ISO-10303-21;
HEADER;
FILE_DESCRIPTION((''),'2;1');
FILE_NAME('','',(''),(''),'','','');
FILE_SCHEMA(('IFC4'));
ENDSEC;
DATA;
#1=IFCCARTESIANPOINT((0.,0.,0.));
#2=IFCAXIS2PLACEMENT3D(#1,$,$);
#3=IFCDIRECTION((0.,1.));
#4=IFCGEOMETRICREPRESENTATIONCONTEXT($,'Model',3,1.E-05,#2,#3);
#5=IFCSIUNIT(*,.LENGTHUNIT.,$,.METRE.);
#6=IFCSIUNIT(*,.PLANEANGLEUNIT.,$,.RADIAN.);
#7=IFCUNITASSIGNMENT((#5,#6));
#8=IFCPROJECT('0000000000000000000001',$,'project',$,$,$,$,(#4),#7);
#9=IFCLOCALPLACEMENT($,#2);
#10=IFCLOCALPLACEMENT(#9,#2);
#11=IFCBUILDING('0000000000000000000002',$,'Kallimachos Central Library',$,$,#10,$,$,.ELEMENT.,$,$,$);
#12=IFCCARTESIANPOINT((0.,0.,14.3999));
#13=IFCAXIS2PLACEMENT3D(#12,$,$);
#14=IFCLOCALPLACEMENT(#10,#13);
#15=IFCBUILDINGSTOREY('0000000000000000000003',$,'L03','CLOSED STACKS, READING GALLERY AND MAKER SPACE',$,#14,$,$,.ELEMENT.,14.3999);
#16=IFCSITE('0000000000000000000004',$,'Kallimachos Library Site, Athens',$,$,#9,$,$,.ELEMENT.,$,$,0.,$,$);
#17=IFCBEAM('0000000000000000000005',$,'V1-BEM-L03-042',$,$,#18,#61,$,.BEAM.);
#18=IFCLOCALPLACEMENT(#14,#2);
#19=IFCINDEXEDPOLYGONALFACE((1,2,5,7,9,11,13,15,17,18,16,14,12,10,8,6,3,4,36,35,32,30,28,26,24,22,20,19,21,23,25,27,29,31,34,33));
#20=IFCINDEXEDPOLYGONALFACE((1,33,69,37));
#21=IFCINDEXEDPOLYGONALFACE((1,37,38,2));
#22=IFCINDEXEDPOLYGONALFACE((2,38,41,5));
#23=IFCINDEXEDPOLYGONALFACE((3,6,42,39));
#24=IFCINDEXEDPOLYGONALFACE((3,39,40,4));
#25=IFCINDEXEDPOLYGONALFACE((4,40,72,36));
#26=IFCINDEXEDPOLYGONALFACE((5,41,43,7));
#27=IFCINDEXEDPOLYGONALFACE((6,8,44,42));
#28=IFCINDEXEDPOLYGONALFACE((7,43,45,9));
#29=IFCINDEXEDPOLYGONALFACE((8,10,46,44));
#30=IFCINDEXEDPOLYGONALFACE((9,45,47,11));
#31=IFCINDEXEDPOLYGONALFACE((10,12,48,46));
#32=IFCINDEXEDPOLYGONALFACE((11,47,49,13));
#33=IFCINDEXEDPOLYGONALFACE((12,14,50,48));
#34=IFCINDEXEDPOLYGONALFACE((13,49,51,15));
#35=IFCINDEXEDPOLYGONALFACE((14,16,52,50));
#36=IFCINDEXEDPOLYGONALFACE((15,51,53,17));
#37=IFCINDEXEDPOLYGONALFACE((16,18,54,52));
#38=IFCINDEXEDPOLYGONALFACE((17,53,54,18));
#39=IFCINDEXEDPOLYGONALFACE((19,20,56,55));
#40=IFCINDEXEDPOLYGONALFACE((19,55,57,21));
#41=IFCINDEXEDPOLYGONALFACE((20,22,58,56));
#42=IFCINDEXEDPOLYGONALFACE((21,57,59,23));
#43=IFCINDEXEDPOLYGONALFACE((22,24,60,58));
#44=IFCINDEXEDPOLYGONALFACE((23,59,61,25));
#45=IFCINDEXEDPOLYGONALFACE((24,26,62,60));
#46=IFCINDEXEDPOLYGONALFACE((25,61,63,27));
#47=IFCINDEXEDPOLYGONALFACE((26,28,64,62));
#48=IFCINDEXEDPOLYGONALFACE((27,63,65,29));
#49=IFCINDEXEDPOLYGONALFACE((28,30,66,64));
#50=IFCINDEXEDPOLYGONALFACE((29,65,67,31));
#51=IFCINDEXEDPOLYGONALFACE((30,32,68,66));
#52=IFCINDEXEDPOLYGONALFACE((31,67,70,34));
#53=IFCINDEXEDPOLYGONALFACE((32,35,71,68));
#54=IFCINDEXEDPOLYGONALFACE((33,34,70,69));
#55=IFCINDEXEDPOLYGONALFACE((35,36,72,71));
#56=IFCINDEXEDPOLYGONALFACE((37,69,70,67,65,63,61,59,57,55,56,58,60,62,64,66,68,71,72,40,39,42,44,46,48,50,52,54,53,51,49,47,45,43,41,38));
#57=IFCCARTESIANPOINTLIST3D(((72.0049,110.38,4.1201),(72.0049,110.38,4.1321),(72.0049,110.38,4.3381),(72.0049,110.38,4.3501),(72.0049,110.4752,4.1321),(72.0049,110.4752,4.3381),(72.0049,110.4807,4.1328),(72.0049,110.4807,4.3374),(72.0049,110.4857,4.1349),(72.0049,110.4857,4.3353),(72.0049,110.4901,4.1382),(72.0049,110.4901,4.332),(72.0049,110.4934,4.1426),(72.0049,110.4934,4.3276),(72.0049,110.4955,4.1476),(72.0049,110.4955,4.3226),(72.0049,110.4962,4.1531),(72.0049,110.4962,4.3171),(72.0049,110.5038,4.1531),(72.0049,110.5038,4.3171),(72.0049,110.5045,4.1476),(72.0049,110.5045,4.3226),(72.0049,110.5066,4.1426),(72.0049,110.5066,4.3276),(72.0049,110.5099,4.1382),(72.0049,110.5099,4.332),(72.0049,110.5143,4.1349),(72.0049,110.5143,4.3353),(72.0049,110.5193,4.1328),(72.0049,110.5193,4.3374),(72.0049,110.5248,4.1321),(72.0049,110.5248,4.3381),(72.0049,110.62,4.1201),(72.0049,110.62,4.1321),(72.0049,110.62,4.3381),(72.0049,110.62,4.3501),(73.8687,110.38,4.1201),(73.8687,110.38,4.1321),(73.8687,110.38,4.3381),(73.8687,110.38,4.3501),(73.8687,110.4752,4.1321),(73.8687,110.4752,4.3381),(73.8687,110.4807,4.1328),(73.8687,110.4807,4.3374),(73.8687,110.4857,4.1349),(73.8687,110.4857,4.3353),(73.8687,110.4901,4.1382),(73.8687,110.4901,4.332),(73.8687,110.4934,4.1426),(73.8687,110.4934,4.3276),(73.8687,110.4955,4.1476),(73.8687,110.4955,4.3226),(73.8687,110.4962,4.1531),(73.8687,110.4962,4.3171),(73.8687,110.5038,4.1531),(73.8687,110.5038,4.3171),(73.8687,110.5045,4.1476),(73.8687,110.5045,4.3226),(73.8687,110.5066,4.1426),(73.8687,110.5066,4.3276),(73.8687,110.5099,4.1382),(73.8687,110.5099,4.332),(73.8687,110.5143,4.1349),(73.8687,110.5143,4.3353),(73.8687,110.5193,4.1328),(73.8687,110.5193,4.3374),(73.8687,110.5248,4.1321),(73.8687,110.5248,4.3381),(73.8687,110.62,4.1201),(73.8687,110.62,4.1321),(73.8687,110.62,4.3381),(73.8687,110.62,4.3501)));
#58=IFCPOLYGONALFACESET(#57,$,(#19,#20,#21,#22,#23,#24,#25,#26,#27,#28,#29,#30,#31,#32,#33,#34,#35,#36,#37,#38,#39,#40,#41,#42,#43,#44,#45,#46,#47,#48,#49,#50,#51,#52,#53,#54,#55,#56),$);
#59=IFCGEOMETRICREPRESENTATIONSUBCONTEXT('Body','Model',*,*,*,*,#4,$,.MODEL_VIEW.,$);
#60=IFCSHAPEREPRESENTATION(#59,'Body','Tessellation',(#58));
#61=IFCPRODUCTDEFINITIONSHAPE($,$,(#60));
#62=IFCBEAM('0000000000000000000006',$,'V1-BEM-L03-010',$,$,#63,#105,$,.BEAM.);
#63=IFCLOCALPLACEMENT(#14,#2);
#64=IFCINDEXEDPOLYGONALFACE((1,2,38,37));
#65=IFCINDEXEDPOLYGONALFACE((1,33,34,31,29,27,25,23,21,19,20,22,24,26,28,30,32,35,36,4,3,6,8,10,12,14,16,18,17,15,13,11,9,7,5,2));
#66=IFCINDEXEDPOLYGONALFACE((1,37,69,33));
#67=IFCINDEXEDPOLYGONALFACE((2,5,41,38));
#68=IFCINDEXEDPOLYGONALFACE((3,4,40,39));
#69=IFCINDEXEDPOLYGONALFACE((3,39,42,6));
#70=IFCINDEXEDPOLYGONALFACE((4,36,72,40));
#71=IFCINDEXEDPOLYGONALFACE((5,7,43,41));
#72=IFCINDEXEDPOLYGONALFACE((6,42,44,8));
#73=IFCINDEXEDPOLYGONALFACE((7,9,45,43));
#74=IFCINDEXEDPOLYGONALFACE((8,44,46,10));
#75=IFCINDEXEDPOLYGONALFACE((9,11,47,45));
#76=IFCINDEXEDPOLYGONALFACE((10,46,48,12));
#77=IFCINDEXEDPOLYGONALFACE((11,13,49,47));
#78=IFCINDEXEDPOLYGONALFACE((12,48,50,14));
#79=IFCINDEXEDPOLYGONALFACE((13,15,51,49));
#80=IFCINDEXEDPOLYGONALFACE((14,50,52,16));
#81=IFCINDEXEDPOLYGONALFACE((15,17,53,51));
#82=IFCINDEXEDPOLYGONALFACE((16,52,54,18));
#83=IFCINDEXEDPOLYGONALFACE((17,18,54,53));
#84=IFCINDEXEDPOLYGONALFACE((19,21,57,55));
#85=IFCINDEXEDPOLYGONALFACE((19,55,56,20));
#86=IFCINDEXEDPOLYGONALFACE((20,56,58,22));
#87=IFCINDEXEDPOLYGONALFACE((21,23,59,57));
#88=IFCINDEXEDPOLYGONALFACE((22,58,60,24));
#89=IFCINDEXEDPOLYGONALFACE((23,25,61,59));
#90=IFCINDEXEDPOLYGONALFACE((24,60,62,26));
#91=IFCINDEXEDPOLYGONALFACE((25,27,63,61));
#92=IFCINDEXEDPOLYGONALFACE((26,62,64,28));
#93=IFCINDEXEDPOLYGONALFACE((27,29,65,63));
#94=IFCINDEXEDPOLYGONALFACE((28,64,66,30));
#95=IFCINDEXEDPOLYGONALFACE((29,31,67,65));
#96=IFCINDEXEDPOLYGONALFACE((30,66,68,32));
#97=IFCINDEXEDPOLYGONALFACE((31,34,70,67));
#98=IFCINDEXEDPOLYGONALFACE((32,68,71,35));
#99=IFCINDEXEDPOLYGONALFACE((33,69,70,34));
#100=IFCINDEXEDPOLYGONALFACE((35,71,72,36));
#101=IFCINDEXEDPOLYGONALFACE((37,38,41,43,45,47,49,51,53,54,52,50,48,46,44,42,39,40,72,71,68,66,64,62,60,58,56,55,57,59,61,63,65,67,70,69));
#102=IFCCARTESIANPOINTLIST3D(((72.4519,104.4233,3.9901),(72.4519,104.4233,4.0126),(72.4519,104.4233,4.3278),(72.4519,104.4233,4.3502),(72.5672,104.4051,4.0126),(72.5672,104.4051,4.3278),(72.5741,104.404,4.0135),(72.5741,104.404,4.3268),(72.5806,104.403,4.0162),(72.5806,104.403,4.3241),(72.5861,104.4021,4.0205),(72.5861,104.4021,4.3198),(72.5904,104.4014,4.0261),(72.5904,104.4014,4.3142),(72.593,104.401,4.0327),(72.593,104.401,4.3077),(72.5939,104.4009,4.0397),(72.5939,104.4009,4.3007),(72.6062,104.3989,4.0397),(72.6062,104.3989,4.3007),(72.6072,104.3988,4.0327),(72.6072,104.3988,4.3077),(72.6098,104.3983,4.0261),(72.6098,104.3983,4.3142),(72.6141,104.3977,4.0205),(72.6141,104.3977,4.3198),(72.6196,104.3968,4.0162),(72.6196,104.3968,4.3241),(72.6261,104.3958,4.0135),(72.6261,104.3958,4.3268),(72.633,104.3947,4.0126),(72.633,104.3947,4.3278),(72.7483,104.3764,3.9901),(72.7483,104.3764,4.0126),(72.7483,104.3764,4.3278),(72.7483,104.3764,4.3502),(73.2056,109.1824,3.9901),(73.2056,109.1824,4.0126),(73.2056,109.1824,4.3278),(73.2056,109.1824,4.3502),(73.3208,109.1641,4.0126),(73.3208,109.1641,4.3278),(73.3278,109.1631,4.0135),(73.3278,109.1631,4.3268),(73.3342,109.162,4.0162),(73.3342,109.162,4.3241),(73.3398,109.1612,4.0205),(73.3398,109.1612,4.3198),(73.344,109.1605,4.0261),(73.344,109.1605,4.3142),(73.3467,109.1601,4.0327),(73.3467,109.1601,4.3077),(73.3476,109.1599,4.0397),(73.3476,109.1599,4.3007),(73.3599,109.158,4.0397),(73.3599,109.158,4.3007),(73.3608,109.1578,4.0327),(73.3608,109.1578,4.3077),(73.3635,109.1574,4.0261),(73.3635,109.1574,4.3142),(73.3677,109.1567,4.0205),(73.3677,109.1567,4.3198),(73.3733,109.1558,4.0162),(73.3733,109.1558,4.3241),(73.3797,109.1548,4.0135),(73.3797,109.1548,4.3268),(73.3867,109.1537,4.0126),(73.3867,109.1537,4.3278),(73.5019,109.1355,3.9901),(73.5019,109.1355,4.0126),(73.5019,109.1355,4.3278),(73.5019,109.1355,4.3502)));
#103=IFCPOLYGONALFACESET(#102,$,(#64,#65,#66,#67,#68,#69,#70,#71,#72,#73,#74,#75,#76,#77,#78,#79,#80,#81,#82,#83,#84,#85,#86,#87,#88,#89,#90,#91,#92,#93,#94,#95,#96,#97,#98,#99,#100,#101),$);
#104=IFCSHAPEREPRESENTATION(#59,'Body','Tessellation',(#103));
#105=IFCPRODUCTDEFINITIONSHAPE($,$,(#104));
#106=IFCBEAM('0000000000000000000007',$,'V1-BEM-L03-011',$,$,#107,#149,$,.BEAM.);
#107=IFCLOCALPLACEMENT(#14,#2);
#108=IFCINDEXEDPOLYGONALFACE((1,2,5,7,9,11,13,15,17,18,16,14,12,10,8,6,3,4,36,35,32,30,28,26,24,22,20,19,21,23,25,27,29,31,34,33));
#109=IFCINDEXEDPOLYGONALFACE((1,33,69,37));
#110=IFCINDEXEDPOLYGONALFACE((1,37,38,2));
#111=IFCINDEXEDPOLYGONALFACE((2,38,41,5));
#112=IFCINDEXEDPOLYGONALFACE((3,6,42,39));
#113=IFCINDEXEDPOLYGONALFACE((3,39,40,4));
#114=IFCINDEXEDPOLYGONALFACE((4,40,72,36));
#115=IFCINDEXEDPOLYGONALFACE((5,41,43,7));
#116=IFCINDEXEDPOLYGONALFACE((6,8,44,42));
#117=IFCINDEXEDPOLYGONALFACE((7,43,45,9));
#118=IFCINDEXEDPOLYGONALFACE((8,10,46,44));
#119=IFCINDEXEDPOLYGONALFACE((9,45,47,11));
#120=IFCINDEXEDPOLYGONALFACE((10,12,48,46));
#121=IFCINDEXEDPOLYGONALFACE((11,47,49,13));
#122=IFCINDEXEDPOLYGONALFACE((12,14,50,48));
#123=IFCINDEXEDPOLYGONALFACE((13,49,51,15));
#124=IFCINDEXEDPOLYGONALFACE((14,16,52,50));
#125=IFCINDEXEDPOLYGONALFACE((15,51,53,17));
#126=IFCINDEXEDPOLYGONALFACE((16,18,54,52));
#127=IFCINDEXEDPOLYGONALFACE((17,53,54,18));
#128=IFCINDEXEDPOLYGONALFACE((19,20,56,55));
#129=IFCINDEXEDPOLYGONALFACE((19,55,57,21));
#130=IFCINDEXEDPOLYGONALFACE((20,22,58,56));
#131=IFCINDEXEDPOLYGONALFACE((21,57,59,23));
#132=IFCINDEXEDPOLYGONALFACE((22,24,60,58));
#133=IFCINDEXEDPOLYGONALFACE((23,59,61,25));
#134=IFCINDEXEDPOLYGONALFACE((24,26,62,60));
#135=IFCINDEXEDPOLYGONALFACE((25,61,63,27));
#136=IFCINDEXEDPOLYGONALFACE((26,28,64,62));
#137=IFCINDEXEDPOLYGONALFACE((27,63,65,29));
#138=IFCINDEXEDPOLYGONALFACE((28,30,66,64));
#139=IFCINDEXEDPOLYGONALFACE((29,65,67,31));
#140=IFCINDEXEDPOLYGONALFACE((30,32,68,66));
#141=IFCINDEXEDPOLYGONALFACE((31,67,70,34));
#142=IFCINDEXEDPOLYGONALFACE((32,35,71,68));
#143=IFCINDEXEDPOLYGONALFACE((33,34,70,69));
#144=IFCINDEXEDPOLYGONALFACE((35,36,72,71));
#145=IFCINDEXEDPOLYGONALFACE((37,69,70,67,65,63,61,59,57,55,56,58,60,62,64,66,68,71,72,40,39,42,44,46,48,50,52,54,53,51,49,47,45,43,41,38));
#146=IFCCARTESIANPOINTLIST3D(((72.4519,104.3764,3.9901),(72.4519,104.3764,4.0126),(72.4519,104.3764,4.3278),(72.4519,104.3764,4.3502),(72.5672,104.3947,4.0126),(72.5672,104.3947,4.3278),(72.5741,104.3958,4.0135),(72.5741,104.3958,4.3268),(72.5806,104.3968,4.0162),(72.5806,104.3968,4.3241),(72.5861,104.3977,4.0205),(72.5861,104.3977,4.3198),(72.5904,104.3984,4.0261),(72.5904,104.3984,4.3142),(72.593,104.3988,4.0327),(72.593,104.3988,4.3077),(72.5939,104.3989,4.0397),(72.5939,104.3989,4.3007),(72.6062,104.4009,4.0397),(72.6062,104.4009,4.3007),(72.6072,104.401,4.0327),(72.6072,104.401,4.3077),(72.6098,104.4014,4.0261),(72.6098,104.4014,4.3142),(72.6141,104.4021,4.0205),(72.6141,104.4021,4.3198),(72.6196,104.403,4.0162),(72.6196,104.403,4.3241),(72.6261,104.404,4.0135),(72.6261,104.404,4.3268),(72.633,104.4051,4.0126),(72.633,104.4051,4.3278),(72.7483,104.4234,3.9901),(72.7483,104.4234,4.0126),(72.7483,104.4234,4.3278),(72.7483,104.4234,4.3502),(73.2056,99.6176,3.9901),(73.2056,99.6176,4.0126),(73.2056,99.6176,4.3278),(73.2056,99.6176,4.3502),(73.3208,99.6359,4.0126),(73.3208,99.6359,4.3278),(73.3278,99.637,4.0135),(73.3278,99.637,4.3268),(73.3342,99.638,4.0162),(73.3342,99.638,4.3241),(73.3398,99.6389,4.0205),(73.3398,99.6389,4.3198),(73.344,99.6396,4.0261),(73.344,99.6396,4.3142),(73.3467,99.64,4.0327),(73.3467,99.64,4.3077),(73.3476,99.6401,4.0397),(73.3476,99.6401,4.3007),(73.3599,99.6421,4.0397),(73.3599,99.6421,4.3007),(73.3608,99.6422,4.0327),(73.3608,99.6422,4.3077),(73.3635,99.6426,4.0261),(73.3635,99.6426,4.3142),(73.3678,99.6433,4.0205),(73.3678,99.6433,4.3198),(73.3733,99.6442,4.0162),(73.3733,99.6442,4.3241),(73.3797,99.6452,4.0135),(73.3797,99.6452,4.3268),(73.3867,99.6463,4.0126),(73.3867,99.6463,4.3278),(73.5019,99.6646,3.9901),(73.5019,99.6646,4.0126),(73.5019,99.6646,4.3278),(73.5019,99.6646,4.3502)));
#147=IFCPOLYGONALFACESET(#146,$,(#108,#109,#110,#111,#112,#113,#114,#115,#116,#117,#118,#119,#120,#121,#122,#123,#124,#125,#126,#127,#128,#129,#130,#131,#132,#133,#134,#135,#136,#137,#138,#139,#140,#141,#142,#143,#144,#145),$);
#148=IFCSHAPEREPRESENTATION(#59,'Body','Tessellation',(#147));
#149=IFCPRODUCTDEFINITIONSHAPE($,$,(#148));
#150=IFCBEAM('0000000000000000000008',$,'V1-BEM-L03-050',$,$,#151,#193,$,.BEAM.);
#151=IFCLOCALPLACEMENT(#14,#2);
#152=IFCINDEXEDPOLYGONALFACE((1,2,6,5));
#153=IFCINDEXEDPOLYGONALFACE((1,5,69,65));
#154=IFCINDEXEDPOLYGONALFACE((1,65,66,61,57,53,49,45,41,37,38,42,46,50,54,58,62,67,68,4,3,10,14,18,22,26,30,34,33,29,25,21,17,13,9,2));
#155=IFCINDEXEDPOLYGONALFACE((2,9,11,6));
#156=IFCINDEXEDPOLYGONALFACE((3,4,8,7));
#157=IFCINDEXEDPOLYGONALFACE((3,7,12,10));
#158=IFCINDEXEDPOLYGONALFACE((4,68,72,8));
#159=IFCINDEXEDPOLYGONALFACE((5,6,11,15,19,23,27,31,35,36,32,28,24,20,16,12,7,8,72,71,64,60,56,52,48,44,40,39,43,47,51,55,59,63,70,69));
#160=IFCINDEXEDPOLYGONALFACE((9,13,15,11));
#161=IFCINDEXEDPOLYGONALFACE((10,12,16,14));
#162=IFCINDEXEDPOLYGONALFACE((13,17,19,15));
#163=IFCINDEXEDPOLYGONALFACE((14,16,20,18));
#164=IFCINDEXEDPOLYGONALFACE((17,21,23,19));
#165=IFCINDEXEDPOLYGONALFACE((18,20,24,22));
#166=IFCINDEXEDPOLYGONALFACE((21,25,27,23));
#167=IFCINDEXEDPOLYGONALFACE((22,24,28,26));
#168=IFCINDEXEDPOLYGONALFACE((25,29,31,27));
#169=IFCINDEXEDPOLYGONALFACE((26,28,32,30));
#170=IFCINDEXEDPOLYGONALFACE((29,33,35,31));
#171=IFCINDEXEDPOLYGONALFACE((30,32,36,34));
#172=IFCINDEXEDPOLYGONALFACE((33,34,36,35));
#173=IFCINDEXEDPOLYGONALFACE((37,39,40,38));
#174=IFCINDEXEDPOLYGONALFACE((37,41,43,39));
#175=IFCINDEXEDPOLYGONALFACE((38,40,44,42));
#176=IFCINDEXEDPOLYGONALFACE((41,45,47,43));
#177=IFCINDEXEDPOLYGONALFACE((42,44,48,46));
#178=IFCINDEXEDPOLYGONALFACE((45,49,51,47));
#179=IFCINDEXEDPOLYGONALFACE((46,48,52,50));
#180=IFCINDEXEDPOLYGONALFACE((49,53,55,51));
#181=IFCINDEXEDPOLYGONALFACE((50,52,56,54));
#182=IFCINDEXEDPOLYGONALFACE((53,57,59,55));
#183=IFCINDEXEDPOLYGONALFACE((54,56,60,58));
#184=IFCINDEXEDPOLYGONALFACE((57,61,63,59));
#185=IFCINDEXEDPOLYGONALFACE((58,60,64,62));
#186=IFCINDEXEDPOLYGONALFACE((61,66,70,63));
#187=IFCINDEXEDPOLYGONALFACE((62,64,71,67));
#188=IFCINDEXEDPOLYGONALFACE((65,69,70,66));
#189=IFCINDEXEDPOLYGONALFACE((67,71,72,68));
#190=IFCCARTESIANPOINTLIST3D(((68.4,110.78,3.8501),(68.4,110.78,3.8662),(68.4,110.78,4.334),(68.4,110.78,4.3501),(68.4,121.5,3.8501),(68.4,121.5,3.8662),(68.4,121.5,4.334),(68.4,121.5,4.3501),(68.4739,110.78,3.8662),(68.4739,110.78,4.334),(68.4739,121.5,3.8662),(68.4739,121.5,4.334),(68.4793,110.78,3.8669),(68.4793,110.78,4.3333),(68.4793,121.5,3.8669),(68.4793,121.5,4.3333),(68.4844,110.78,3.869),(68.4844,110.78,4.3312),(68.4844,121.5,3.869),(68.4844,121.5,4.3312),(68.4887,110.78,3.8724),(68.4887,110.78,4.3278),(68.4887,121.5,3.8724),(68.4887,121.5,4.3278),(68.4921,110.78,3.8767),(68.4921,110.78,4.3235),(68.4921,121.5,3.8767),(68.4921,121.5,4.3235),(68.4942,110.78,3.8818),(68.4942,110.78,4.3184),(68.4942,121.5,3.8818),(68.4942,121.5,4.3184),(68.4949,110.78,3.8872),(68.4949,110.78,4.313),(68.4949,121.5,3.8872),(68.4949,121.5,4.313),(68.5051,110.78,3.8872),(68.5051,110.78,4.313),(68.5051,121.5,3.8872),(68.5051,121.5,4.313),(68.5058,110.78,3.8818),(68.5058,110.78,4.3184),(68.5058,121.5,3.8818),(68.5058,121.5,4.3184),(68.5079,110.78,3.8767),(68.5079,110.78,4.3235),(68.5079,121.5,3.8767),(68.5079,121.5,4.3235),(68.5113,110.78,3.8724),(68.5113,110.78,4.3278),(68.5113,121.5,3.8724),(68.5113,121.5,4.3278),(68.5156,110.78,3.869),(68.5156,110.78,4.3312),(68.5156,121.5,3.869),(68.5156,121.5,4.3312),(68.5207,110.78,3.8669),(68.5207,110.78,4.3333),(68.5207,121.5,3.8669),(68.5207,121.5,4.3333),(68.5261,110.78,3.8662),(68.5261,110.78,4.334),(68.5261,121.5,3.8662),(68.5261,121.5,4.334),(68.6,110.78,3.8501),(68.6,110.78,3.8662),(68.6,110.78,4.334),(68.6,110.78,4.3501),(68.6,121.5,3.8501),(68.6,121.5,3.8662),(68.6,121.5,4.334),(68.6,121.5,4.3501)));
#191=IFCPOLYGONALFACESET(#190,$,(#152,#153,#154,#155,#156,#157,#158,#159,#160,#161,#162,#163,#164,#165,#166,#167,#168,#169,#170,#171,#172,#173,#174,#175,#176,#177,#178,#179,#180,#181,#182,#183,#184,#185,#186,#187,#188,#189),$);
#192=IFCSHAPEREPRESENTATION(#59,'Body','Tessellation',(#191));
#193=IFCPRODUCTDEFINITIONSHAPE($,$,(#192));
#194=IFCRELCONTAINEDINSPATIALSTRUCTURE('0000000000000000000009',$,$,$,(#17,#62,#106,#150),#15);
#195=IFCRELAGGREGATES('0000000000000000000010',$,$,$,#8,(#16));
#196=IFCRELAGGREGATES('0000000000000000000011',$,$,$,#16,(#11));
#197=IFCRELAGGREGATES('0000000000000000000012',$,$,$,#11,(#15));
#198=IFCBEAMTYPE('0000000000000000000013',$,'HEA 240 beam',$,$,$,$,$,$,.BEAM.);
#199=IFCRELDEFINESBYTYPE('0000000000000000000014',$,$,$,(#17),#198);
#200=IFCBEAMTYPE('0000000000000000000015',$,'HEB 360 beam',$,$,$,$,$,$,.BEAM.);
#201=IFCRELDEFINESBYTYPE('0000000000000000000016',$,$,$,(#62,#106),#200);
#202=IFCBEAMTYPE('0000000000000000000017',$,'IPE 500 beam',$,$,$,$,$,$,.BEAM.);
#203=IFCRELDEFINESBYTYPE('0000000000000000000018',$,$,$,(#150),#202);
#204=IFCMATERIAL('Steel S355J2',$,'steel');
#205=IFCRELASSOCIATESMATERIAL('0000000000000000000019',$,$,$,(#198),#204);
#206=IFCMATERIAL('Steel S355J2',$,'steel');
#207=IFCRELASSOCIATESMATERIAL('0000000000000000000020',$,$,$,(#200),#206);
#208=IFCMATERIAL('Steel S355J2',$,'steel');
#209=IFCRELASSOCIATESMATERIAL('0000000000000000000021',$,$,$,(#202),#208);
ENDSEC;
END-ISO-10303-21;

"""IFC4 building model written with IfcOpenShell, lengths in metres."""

from ifc_helpers import new_model, si_unit, direction, frame, origin, origin_2d, place, context, subcontext, project, spatial, i_section, extrude, material, material_profile, profile_set, type_object, element, save


model = new_model("IFC4")

# Units and contexts
model_context = context("Model", 3, precision=1e-05, world=origin(), true_north=direction((0.0, 1.0)))
body_context = subcontext(model_context, "Body", "Model", "MODEL_VIEW")
ifc_project = project(units=[si_unit("LENGTHUNIT", "METRE"), si_unit("PLANEANGLEUNIT", "RADIAN")], contexts=[model_context])

# Site, building, storey
site_placement = place(None, origin())
site = spatial("IfcSite", under=ifc_project, at=site_placement, Name="Kallimachos Library Site, Athens", CompositionType="ELEMENT", RefElevation=0.0)
building_placement = place(site_placement, origin())
building = spatial("IfcBuilding", under=site, at=building_placement, Name="Kallimachos Central Library", CompositionType="ELEMENT")
storey_placement = place(building_placement, frame((0.0, 0.0, 14.3999)))
storey = spatial("IfcBuildingStorey", under=building, at=storey_placement, Name="L03", Description="CLOSED STACKS, READING GALLERY AND MAKER SPACE", CompositionType="ELEMENT", Elevation=14.3999)

# Beams
ifc_material_1 = material(Name="Steel S355J2", Category="steel")
ifc_material_profile_1 = material_profile(ifc_material_1, i_section(OverallWidth=0.24, OverallDepth=0.23, WebThickness=0.0076, FlangeThickness=0.012, FilletRadius=0.021, at=origin_2d()), Name="HEA 240")
ifc_profile_set_1 = profile_set([ifc_material_profile_1], Name="Steel S355J2")
beam_type_1 = type_object("IfcBeamType", Name="HEA 240 beam", PredefinedType="BEAM", material=ifc_profile_set_1)
beam_1_placement = place(storey_placement, frame((72.0049, 110.5, 4.2351), z_axis=(1.0, 0.0, 0.0), x_axis=(0.0, 1.0, 0.0)))
element("IfcBeam", 1, at=beam_1_placement, inside=storey, type_object=beam_type_1, Name="V1-BEM-L03-042", PredefinedType="BEAM", context=body_context, shape_type="SweptSolid", body=[
    extrude(i_section(OverallWidth=0.24, OverallDepth=0.23, WebThickness=0.0076, FlangeThickness=0.012, FilletRadius=0.021, at=origin_2d()), origin(), (0.0, 0.0, 1.0), 1.8638),
])
ifc_material_2 = material(Name="Steel S355J2", Category="steel")
ifc_material_profile_2 = material_profile(ifc_material_2, i_section(OverallWidth=0.3, OverallDepth=0.3601, WebThickness=0.0125, FlangeThickness=0.0225, FilletRadius=0.0271, at=origin_2d()), Name="HEB 360")
ifc_profile_set_2 = profile_set([ifc_material_profile_2], Name="Steel S355J2")
beam_type_2 = type_object("IfcBeamType", Name="HEB 360 beam", PredefinedType="BEAM", material=ifc_profile_set_2)
beam_2_placement = place(storey_placement, frame((73.3538, 109.1589, 4.1702), z_axis=(-0.156415, -0.987691, 0.0), x_axis=(0.987691, -0.156415, 0.0)))
element("IfcBeam", 2, at=beam_2_placement, inside=storey, type_object=beam_type_2, Name="V1-BEM-L03-010", PredefinedType="BEAM", context=body_context, shape_type="SweptSolid", body=[
    extrude(i_section(OverallWidth=0.3, OverallDepth=0.3601, WebThickness=0.0125, FlangeThickness=0.0225, FilletRadius=0.0271, at=origin_2d()), origin(), (0.0, 0.0, 1.0), 4.8184),
])
beam_3_placement = place(storey_placement, frame((72.6001, 104.3999, 4.1702), z_axis=(0.156423, -0.98769, 0.0), x_axis=(0.98769, 0.156423, 0.0)))
element("IfcBeam", 3, at=beam_3_placement, inside=storey, type_object=beam_type_2, Name="V1-BEM-L03-011", PredefinedType="BEAM", context=body_context, shape_type="SweptSolid", body=[
    extrude(i_section(OverallWidth=0.3, OverallDepth=0.3601, WebThickness=0.0125, FlangeThickness=0.0225, FilletRadius=0.0271, at=origin_2d()), origin(), (0.0, 0.0, 1.0), 4.8181),
])
ifc_material_3 = material(Name="Steel S355J2", Category="steel")
ifc_material_profile_3 = material_profile(ifc_material_3, i_section(OverallWidth=0.2, OverallDepth=0.5, WebThickness=0.0103, FlangeThickness=0.0161, FilletRadius=0.021, at=origin_2d()), Name="IPE 500")
ifc_profile_set_3 = profile_set([ifc_material_profile_3], Name="Steel S355J2")
beam_type_3 = type_object("IfcBeamType", Name="IPE 500 beam", PredefinedType="BEAM", material=ifc_profile_set_3)
for number, where, z_axis, x_axis, name in (
    (4, (68.5, 110.78, 4.1001), (0.0, 1.0, 0.0), (-1.0, 0.0, 0.0), "V1-BEM-L03-050"),
):
    element("IfcBeam", number, at=place(storey_placement, frame(where, z_axis=z_axis, x_axis=x_axis)), inside=storey, type_object=beam_type_3, Name=name, PredefinedType="BEAM", context=body_context, shape_type="SweptSolid", body=[
        extrude(i_section(OverallWidth=0.2, OverallDepth=0.5, WebThickness=0.0103, FlangeThickness=0.0161, FilletRadius=0.021, at=origin_2d()), origin(), (0.0, 0.0, 1.0), 10.72),
    ])

save(model, "model.ifc")
